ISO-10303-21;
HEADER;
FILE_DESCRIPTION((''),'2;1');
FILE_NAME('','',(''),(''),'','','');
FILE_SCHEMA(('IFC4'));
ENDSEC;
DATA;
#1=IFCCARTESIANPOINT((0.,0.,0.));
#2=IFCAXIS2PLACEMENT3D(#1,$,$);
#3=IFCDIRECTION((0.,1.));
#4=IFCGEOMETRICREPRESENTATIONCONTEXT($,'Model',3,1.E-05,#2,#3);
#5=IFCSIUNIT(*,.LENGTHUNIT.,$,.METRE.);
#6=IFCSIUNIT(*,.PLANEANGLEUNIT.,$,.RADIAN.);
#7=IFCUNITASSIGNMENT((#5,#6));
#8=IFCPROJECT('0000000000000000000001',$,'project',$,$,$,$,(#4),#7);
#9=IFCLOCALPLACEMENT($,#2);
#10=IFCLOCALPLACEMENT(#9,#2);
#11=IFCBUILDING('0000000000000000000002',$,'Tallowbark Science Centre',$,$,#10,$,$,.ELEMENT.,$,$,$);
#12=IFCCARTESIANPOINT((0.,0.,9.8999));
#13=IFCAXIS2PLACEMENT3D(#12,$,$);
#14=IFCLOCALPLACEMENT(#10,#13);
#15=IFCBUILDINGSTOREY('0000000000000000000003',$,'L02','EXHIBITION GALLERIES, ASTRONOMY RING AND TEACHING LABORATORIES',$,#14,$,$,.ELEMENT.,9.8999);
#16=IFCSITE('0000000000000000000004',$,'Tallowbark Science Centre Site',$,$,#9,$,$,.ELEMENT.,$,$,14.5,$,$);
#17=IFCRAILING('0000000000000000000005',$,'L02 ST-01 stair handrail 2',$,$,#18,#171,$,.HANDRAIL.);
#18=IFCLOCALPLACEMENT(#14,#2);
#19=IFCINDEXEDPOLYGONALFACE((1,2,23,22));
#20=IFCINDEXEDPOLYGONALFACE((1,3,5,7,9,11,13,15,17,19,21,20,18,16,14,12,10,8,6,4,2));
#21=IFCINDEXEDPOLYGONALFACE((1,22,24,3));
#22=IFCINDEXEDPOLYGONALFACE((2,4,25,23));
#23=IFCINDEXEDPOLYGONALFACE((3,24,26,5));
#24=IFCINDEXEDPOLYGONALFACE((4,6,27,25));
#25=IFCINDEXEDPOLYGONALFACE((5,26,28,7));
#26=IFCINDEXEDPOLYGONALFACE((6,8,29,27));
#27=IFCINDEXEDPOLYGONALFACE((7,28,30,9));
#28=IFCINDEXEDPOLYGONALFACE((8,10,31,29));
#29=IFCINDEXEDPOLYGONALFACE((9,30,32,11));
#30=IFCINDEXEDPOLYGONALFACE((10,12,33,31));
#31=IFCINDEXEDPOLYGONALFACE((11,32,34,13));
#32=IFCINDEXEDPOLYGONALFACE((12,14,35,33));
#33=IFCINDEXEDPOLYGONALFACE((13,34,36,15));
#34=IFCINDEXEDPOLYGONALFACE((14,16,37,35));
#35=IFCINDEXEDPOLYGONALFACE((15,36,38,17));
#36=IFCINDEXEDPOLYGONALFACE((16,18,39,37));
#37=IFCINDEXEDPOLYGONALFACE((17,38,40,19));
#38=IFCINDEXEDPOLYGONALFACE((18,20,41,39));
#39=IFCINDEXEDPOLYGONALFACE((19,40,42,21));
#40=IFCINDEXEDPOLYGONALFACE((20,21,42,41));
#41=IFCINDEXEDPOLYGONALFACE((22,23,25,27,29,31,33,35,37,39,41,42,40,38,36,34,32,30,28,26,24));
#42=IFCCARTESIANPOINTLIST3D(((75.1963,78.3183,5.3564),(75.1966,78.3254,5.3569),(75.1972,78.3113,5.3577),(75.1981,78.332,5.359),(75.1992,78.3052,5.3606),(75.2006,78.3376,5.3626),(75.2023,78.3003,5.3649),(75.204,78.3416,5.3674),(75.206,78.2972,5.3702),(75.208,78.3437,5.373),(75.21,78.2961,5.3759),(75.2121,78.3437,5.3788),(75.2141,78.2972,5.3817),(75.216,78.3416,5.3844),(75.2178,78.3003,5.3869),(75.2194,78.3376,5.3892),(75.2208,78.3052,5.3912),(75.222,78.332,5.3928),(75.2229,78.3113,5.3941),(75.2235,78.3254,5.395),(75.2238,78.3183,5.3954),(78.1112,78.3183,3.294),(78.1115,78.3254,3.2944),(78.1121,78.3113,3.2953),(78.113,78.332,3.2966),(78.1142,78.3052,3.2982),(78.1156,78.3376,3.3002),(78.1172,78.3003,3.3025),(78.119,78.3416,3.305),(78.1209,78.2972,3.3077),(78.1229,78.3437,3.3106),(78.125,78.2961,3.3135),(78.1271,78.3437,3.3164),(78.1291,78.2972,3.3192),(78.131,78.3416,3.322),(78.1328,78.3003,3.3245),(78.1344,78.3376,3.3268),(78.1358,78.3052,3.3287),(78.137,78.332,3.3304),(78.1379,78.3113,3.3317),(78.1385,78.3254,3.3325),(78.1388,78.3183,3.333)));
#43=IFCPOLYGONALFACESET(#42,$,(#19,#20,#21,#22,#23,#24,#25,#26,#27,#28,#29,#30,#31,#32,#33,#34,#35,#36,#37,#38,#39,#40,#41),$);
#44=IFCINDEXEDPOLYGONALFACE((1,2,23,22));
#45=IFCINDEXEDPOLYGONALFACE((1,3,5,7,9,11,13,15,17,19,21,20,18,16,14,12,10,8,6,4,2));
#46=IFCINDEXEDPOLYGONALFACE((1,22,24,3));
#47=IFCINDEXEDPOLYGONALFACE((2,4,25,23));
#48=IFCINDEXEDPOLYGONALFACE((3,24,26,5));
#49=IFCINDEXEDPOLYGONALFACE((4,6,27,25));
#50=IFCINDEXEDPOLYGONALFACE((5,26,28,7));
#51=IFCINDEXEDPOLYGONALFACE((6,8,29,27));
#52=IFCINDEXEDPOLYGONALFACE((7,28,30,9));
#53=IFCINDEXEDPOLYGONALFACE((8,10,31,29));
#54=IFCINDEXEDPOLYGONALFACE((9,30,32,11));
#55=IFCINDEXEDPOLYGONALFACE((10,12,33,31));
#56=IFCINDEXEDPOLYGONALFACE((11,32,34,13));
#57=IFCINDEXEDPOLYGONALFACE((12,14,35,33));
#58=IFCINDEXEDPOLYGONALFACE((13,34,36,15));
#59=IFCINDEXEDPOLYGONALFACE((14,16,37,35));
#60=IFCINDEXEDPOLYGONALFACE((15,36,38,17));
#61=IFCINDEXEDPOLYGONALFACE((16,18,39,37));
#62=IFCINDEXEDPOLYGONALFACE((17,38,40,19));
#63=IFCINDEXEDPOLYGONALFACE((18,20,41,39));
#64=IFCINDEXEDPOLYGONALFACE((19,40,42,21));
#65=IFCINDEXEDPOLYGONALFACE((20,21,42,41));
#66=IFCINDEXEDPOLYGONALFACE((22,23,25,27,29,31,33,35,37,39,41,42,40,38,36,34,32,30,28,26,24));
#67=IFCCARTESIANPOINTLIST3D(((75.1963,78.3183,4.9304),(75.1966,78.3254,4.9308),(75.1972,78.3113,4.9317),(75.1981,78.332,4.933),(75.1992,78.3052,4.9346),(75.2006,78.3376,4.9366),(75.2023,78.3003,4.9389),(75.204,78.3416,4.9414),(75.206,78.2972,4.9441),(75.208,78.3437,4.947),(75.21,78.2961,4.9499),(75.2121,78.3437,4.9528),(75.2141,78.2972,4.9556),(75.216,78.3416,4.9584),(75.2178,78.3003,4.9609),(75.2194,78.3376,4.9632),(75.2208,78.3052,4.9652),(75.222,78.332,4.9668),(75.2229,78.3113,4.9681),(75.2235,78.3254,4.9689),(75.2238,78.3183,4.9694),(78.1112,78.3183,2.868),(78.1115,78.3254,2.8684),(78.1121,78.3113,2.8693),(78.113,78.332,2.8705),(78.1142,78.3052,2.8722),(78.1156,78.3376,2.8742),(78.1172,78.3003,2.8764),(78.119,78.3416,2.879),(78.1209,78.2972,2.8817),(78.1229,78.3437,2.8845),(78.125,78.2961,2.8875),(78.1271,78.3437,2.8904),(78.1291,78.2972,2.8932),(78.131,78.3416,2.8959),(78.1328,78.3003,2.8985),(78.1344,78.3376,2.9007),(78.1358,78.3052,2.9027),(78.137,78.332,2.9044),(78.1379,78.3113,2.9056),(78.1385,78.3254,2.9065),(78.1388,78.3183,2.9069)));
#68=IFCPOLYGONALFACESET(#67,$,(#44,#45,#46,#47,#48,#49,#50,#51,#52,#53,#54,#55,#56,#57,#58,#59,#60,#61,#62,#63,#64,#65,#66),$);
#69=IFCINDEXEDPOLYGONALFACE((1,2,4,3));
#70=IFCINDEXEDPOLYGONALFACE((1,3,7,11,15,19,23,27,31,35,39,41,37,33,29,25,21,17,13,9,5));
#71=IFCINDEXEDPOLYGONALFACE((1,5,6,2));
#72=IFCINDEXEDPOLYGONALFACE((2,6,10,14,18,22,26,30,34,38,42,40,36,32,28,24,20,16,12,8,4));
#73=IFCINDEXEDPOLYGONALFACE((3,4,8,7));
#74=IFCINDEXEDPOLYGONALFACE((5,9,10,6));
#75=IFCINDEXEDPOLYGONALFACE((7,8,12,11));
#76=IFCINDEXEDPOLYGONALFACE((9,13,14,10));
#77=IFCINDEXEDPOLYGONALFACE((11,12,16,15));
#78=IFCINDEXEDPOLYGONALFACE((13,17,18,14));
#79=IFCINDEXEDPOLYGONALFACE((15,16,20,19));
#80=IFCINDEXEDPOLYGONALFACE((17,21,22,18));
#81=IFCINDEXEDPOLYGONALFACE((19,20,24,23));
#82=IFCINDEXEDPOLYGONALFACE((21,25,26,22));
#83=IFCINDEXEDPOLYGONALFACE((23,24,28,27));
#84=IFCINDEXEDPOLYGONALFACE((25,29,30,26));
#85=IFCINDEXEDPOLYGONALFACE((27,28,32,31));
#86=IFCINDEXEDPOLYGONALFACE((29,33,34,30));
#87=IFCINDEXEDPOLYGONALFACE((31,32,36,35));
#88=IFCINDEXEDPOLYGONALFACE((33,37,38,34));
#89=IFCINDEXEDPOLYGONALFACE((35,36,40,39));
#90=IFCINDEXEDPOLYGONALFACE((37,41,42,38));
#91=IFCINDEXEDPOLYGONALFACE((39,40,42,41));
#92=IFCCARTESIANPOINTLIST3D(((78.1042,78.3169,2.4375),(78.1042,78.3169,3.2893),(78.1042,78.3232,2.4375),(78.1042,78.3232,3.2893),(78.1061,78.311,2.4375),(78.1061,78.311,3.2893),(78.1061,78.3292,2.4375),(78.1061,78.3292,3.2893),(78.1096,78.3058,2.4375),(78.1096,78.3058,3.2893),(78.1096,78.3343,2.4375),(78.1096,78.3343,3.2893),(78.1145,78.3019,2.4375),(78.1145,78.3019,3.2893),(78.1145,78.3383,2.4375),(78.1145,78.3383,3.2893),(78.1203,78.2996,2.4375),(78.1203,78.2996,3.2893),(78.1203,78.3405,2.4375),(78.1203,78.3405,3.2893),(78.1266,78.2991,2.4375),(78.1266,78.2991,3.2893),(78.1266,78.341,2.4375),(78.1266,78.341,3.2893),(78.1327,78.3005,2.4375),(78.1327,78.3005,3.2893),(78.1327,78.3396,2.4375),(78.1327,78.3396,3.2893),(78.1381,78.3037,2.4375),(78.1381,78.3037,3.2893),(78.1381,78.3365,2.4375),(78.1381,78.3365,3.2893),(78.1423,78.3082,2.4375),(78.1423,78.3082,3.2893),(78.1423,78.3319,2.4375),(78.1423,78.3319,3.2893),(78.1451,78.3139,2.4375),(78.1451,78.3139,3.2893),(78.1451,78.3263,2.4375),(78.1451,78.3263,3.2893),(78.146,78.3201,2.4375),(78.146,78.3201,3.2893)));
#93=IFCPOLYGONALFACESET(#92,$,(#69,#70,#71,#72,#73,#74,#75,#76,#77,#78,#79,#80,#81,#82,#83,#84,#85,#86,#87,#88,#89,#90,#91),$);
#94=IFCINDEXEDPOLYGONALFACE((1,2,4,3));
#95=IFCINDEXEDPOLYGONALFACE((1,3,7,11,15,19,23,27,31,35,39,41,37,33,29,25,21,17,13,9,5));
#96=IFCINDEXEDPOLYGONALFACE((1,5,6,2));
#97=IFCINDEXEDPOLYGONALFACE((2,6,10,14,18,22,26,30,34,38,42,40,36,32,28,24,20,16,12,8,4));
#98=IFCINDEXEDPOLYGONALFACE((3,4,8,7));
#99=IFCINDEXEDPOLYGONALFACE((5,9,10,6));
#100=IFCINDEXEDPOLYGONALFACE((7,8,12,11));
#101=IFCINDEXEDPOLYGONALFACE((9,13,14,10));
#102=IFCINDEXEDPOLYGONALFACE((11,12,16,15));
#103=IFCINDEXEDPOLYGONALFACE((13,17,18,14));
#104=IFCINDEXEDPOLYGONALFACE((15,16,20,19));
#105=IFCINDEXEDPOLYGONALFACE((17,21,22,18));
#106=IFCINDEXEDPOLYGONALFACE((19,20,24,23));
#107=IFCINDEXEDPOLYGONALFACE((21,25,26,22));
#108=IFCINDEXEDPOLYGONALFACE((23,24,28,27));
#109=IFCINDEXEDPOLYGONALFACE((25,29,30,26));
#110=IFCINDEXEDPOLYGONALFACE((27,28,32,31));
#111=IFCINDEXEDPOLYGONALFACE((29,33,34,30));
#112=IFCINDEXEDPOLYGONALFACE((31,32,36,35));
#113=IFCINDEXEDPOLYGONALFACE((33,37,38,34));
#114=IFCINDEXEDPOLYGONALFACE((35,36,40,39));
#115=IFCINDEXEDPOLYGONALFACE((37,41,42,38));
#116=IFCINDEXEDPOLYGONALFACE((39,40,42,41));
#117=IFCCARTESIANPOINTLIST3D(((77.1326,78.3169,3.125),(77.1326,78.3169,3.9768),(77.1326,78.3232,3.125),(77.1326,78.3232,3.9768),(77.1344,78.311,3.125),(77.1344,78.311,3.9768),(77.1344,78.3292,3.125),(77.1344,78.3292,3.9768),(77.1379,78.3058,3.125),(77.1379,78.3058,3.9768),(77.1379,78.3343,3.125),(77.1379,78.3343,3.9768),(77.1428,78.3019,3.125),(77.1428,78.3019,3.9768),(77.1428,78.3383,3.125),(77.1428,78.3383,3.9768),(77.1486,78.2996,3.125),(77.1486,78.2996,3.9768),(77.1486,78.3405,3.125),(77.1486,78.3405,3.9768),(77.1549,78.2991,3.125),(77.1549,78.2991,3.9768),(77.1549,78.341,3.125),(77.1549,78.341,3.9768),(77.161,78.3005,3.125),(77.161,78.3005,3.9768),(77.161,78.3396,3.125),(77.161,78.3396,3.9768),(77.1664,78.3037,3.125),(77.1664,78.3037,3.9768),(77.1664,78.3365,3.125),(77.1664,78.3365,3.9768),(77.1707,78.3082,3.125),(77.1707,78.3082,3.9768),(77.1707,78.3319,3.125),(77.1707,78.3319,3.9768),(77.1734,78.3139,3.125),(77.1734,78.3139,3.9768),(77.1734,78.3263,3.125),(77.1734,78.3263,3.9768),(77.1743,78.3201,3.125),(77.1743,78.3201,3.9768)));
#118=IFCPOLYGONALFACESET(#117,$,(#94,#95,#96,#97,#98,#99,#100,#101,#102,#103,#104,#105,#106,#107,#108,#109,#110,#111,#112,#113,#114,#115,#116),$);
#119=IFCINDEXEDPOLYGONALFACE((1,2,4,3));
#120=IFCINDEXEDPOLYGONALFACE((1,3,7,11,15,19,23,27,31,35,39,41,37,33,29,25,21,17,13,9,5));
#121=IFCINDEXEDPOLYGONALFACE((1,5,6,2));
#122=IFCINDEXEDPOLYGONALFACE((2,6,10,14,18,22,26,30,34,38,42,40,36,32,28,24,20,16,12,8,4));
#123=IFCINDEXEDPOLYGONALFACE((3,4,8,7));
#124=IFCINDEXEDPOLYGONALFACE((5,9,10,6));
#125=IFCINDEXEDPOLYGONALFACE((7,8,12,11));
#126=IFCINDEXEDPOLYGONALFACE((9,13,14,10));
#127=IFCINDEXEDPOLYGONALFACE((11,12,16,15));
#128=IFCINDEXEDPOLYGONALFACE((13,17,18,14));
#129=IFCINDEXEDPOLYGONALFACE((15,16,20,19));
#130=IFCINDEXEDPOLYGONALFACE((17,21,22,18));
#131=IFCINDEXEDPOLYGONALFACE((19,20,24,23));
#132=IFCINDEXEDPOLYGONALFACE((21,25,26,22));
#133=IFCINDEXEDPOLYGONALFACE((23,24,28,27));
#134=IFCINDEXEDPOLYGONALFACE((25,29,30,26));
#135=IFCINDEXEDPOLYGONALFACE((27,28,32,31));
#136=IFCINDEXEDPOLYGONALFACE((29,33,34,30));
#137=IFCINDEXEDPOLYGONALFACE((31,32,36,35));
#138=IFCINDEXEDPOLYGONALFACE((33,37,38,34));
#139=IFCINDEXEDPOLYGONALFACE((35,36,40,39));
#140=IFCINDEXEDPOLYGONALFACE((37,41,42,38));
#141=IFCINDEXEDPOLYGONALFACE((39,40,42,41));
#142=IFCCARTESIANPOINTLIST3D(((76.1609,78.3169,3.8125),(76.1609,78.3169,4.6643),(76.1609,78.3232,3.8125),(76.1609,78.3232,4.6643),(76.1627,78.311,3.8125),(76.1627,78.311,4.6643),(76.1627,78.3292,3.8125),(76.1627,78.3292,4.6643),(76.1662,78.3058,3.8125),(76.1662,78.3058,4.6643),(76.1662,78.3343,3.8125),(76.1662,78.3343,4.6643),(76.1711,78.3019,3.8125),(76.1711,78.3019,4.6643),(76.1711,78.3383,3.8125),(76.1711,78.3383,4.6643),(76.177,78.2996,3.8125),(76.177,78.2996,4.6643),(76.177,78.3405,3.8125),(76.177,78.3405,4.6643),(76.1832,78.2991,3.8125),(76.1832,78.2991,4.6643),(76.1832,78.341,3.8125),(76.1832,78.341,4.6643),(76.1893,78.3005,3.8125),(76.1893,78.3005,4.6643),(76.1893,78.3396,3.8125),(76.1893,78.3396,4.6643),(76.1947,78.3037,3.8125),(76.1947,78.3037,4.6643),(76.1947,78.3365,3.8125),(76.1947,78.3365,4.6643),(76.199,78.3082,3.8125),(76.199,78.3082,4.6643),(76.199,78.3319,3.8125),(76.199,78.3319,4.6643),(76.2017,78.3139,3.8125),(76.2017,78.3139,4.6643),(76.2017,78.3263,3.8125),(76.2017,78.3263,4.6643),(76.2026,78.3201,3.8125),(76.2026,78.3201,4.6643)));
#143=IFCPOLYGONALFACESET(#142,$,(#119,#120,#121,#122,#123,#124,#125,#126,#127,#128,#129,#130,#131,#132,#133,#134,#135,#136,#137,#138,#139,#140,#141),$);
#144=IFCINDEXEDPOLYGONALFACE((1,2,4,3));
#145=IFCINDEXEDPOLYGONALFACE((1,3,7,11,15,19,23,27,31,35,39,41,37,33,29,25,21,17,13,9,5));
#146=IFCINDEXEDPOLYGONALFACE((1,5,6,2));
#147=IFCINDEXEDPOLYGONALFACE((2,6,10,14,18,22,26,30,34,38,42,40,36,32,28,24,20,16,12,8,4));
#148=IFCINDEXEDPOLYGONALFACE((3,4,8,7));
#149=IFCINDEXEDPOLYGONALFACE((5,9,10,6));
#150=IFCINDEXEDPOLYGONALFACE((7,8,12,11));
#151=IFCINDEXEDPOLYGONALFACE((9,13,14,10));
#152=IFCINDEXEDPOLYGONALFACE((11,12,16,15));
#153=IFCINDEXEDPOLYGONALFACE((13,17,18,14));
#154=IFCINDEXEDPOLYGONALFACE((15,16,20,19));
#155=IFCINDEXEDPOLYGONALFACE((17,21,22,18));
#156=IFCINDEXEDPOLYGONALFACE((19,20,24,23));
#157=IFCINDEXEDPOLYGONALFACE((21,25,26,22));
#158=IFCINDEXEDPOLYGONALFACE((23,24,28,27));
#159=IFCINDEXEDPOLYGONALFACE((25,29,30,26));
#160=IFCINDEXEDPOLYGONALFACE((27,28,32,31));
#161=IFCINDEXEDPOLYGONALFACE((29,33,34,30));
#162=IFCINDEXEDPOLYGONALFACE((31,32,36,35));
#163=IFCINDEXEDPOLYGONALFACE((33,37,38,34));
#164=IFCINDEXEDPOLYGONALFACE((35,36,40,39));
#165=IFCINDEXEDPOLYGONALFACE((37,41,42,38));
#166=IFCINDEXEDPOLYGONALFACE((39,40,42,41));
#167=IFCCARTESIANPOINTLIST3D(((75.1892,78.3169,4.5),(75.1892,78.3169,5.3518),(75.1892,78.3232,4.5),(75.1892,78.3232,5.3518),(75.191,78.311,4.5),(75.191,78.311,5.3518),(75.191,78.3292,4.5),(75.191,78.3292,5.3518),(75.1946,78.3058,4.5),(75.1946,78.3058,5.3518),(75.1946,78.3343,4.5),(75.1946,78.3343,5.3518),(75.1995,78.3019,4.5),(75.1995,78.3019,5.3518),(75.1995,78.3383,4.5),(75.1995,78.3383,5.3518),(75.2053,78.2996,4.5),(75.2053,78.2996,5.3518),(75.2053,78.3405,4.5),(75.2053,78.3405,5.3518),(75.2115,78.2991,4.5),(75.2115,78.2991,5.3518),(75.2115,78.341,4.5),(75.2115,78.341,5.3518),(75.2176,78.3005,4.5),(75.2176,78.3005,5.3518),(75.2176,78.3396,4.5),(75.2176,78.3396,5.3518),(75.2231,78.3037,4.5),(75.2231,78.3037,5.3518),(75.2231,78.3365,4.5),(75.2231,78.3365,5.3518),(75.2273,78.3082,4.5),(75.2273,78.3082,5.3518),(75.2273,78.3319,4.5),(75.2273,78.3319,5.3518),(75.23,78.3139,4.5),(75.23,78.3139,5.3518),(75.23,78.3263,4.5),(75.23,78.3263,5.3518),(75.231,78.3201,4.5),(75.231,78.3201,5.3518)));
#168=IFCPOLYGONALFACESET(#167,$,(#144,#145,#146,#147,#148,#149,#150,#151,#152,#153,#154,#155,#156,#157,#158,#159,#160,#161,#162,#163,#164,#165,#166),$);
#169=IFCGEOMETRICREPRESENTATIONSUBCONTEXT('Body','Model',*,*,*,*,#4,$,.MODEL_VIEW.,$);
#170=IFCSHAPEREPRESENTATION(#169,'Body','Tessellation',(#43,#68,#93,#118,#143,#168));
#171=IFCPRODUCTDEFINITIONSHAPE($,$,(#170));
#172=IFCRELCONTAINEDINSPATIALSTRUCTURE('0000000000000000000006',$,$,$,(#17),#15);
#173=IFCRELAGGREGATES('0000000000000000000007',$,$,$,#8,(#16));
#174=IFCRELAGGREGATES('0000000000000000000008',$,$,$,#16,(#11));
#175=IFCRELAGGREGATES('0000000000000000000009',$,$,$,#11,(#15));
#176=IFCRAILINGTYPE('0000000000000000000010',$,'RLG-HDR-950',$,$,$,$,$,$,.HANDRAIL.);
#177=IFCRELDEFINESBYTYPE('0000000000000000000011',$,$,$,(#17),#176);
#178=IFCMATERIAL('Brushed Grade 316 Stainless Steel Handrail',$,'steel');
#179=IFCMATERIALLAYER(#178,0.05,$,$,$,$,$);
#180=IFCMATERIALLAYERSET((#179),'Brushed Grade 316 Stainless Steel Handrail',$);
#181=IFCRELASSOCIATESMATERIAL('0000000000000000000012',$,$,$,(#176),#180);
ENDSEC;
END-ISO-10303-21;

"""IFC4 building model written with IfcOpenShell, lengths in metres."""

from ifc_helpers import new_model, si_unit, direction, frame, origin, origin_2d, place, context, subcontext, project, spatial, circle, extrude, material, layer, layer_set, type_object, element, save


model = new_model("IFC4")

# Units and contexts
model_context = context("Model", 3, precision=1e-05, world=origin(), true_north=direction((0.0, 1.0)))
body_context = subcontext(model_context, "Body", "Model", "MODEL_VIEW")
ifc_project = project(units=[si_unit("LENGTHUNIT", "METRE"), si_unit("PLANEANGLEUNIT", "RADIAN")], contexts=[model_context])

# Site, building, storey
site_placement = place(None, origin())
site = spatial("IfcSite", under=ifc_project, at=site_placement, Name="Tallowbark Science Centre Site", CompositionType="ELEMENT", RefElevation=14.5)
building_placement = place(site_placement, origin())
building = spatial("IfcBuilding", under=site, at=building_placement, Name="Tallowbark Science Centre", CompositionType="ELEMENT")
storey_placement = place(building_placement, frame((0.0, 0.0, 9.8999)))
storey = spatial("IfcBuildingStorey", under=building, at=storey_placement, Name="L02", Description="EXHIBITION GALLERIES, ASTRONOMY RING AND TEACHING LABORATORIES", CompositionType="ELEMENT", Elevation=9.8999)

# Railing
ifc_material_1 = material(Name="Brushed Grade 316 Stainless Steel Handrail", Category="steel")
ifc_layer_1 = layer(ifc_material_1, 0.05)
ifc_layer_set_1 = layer_set([ifc_layer_1], Name="Brushed Grade 316 Stainless Steel Handrail")
railing_type_1 = type_object("IfcRailingType", Name="RLG-HDR-950", PredefinedType="HANDRAIL", material=ifc_layer_set_1)
railing_1_placement = place(storey_placement, frame((78.125, 78.3201, 2.4375)))
element("IfcRailing", 1, at=railing_1_placement, inside=storey, type_object=railing_type_1, Name="L02 ST-01 stair handrail 2", PredefinedType="HANDRAIL", context=body_context, shape_type="SweptSolid", body=[
    extrude(circle(Radius=0.0239, at=origin_2d()), frame((0.0, 0.0, 0.876), z_axis=(-0.816331, 0.0, 0.577585), x_axis=(0.0, -1.0, 0.0)), (0.0, 0.0, 1.0), 3.5708),
    extrude(circle(Radius=0.0239, at=origin_2d()), frame((0.0, 0.0, 0.45), z_axis=(-0.816331, 0.0, 0.577585), x_axis=(0.0, -1.0, 0.0)), (0.0, 0.0, 1.0), 3.5708),
    extrude(circle(Radius=0.021, at=origin_2d()), origin(), (0.0, 0.0, 1.0), 0.8518),
    extrude(circle(Radius=0.021, at=origin_2d()), frame((-0.9717, 0.0, 0.6875)), (0.0, 0.0, 1.0), 0.8518),
    extrude(circle(Radius=0.021, at=origin_2d()), frame((-1.9434, 0.0, 1.375)), (0.0, 0.0, 1.0), 0.8518),
    extrude(circle(Radius=0.021, at=origin_2d()), frame((-2.915, 0.0, 2.0625)), (0.0, 0.0, 1.0), 0.8518),
])

save(model, "model.ifc")
